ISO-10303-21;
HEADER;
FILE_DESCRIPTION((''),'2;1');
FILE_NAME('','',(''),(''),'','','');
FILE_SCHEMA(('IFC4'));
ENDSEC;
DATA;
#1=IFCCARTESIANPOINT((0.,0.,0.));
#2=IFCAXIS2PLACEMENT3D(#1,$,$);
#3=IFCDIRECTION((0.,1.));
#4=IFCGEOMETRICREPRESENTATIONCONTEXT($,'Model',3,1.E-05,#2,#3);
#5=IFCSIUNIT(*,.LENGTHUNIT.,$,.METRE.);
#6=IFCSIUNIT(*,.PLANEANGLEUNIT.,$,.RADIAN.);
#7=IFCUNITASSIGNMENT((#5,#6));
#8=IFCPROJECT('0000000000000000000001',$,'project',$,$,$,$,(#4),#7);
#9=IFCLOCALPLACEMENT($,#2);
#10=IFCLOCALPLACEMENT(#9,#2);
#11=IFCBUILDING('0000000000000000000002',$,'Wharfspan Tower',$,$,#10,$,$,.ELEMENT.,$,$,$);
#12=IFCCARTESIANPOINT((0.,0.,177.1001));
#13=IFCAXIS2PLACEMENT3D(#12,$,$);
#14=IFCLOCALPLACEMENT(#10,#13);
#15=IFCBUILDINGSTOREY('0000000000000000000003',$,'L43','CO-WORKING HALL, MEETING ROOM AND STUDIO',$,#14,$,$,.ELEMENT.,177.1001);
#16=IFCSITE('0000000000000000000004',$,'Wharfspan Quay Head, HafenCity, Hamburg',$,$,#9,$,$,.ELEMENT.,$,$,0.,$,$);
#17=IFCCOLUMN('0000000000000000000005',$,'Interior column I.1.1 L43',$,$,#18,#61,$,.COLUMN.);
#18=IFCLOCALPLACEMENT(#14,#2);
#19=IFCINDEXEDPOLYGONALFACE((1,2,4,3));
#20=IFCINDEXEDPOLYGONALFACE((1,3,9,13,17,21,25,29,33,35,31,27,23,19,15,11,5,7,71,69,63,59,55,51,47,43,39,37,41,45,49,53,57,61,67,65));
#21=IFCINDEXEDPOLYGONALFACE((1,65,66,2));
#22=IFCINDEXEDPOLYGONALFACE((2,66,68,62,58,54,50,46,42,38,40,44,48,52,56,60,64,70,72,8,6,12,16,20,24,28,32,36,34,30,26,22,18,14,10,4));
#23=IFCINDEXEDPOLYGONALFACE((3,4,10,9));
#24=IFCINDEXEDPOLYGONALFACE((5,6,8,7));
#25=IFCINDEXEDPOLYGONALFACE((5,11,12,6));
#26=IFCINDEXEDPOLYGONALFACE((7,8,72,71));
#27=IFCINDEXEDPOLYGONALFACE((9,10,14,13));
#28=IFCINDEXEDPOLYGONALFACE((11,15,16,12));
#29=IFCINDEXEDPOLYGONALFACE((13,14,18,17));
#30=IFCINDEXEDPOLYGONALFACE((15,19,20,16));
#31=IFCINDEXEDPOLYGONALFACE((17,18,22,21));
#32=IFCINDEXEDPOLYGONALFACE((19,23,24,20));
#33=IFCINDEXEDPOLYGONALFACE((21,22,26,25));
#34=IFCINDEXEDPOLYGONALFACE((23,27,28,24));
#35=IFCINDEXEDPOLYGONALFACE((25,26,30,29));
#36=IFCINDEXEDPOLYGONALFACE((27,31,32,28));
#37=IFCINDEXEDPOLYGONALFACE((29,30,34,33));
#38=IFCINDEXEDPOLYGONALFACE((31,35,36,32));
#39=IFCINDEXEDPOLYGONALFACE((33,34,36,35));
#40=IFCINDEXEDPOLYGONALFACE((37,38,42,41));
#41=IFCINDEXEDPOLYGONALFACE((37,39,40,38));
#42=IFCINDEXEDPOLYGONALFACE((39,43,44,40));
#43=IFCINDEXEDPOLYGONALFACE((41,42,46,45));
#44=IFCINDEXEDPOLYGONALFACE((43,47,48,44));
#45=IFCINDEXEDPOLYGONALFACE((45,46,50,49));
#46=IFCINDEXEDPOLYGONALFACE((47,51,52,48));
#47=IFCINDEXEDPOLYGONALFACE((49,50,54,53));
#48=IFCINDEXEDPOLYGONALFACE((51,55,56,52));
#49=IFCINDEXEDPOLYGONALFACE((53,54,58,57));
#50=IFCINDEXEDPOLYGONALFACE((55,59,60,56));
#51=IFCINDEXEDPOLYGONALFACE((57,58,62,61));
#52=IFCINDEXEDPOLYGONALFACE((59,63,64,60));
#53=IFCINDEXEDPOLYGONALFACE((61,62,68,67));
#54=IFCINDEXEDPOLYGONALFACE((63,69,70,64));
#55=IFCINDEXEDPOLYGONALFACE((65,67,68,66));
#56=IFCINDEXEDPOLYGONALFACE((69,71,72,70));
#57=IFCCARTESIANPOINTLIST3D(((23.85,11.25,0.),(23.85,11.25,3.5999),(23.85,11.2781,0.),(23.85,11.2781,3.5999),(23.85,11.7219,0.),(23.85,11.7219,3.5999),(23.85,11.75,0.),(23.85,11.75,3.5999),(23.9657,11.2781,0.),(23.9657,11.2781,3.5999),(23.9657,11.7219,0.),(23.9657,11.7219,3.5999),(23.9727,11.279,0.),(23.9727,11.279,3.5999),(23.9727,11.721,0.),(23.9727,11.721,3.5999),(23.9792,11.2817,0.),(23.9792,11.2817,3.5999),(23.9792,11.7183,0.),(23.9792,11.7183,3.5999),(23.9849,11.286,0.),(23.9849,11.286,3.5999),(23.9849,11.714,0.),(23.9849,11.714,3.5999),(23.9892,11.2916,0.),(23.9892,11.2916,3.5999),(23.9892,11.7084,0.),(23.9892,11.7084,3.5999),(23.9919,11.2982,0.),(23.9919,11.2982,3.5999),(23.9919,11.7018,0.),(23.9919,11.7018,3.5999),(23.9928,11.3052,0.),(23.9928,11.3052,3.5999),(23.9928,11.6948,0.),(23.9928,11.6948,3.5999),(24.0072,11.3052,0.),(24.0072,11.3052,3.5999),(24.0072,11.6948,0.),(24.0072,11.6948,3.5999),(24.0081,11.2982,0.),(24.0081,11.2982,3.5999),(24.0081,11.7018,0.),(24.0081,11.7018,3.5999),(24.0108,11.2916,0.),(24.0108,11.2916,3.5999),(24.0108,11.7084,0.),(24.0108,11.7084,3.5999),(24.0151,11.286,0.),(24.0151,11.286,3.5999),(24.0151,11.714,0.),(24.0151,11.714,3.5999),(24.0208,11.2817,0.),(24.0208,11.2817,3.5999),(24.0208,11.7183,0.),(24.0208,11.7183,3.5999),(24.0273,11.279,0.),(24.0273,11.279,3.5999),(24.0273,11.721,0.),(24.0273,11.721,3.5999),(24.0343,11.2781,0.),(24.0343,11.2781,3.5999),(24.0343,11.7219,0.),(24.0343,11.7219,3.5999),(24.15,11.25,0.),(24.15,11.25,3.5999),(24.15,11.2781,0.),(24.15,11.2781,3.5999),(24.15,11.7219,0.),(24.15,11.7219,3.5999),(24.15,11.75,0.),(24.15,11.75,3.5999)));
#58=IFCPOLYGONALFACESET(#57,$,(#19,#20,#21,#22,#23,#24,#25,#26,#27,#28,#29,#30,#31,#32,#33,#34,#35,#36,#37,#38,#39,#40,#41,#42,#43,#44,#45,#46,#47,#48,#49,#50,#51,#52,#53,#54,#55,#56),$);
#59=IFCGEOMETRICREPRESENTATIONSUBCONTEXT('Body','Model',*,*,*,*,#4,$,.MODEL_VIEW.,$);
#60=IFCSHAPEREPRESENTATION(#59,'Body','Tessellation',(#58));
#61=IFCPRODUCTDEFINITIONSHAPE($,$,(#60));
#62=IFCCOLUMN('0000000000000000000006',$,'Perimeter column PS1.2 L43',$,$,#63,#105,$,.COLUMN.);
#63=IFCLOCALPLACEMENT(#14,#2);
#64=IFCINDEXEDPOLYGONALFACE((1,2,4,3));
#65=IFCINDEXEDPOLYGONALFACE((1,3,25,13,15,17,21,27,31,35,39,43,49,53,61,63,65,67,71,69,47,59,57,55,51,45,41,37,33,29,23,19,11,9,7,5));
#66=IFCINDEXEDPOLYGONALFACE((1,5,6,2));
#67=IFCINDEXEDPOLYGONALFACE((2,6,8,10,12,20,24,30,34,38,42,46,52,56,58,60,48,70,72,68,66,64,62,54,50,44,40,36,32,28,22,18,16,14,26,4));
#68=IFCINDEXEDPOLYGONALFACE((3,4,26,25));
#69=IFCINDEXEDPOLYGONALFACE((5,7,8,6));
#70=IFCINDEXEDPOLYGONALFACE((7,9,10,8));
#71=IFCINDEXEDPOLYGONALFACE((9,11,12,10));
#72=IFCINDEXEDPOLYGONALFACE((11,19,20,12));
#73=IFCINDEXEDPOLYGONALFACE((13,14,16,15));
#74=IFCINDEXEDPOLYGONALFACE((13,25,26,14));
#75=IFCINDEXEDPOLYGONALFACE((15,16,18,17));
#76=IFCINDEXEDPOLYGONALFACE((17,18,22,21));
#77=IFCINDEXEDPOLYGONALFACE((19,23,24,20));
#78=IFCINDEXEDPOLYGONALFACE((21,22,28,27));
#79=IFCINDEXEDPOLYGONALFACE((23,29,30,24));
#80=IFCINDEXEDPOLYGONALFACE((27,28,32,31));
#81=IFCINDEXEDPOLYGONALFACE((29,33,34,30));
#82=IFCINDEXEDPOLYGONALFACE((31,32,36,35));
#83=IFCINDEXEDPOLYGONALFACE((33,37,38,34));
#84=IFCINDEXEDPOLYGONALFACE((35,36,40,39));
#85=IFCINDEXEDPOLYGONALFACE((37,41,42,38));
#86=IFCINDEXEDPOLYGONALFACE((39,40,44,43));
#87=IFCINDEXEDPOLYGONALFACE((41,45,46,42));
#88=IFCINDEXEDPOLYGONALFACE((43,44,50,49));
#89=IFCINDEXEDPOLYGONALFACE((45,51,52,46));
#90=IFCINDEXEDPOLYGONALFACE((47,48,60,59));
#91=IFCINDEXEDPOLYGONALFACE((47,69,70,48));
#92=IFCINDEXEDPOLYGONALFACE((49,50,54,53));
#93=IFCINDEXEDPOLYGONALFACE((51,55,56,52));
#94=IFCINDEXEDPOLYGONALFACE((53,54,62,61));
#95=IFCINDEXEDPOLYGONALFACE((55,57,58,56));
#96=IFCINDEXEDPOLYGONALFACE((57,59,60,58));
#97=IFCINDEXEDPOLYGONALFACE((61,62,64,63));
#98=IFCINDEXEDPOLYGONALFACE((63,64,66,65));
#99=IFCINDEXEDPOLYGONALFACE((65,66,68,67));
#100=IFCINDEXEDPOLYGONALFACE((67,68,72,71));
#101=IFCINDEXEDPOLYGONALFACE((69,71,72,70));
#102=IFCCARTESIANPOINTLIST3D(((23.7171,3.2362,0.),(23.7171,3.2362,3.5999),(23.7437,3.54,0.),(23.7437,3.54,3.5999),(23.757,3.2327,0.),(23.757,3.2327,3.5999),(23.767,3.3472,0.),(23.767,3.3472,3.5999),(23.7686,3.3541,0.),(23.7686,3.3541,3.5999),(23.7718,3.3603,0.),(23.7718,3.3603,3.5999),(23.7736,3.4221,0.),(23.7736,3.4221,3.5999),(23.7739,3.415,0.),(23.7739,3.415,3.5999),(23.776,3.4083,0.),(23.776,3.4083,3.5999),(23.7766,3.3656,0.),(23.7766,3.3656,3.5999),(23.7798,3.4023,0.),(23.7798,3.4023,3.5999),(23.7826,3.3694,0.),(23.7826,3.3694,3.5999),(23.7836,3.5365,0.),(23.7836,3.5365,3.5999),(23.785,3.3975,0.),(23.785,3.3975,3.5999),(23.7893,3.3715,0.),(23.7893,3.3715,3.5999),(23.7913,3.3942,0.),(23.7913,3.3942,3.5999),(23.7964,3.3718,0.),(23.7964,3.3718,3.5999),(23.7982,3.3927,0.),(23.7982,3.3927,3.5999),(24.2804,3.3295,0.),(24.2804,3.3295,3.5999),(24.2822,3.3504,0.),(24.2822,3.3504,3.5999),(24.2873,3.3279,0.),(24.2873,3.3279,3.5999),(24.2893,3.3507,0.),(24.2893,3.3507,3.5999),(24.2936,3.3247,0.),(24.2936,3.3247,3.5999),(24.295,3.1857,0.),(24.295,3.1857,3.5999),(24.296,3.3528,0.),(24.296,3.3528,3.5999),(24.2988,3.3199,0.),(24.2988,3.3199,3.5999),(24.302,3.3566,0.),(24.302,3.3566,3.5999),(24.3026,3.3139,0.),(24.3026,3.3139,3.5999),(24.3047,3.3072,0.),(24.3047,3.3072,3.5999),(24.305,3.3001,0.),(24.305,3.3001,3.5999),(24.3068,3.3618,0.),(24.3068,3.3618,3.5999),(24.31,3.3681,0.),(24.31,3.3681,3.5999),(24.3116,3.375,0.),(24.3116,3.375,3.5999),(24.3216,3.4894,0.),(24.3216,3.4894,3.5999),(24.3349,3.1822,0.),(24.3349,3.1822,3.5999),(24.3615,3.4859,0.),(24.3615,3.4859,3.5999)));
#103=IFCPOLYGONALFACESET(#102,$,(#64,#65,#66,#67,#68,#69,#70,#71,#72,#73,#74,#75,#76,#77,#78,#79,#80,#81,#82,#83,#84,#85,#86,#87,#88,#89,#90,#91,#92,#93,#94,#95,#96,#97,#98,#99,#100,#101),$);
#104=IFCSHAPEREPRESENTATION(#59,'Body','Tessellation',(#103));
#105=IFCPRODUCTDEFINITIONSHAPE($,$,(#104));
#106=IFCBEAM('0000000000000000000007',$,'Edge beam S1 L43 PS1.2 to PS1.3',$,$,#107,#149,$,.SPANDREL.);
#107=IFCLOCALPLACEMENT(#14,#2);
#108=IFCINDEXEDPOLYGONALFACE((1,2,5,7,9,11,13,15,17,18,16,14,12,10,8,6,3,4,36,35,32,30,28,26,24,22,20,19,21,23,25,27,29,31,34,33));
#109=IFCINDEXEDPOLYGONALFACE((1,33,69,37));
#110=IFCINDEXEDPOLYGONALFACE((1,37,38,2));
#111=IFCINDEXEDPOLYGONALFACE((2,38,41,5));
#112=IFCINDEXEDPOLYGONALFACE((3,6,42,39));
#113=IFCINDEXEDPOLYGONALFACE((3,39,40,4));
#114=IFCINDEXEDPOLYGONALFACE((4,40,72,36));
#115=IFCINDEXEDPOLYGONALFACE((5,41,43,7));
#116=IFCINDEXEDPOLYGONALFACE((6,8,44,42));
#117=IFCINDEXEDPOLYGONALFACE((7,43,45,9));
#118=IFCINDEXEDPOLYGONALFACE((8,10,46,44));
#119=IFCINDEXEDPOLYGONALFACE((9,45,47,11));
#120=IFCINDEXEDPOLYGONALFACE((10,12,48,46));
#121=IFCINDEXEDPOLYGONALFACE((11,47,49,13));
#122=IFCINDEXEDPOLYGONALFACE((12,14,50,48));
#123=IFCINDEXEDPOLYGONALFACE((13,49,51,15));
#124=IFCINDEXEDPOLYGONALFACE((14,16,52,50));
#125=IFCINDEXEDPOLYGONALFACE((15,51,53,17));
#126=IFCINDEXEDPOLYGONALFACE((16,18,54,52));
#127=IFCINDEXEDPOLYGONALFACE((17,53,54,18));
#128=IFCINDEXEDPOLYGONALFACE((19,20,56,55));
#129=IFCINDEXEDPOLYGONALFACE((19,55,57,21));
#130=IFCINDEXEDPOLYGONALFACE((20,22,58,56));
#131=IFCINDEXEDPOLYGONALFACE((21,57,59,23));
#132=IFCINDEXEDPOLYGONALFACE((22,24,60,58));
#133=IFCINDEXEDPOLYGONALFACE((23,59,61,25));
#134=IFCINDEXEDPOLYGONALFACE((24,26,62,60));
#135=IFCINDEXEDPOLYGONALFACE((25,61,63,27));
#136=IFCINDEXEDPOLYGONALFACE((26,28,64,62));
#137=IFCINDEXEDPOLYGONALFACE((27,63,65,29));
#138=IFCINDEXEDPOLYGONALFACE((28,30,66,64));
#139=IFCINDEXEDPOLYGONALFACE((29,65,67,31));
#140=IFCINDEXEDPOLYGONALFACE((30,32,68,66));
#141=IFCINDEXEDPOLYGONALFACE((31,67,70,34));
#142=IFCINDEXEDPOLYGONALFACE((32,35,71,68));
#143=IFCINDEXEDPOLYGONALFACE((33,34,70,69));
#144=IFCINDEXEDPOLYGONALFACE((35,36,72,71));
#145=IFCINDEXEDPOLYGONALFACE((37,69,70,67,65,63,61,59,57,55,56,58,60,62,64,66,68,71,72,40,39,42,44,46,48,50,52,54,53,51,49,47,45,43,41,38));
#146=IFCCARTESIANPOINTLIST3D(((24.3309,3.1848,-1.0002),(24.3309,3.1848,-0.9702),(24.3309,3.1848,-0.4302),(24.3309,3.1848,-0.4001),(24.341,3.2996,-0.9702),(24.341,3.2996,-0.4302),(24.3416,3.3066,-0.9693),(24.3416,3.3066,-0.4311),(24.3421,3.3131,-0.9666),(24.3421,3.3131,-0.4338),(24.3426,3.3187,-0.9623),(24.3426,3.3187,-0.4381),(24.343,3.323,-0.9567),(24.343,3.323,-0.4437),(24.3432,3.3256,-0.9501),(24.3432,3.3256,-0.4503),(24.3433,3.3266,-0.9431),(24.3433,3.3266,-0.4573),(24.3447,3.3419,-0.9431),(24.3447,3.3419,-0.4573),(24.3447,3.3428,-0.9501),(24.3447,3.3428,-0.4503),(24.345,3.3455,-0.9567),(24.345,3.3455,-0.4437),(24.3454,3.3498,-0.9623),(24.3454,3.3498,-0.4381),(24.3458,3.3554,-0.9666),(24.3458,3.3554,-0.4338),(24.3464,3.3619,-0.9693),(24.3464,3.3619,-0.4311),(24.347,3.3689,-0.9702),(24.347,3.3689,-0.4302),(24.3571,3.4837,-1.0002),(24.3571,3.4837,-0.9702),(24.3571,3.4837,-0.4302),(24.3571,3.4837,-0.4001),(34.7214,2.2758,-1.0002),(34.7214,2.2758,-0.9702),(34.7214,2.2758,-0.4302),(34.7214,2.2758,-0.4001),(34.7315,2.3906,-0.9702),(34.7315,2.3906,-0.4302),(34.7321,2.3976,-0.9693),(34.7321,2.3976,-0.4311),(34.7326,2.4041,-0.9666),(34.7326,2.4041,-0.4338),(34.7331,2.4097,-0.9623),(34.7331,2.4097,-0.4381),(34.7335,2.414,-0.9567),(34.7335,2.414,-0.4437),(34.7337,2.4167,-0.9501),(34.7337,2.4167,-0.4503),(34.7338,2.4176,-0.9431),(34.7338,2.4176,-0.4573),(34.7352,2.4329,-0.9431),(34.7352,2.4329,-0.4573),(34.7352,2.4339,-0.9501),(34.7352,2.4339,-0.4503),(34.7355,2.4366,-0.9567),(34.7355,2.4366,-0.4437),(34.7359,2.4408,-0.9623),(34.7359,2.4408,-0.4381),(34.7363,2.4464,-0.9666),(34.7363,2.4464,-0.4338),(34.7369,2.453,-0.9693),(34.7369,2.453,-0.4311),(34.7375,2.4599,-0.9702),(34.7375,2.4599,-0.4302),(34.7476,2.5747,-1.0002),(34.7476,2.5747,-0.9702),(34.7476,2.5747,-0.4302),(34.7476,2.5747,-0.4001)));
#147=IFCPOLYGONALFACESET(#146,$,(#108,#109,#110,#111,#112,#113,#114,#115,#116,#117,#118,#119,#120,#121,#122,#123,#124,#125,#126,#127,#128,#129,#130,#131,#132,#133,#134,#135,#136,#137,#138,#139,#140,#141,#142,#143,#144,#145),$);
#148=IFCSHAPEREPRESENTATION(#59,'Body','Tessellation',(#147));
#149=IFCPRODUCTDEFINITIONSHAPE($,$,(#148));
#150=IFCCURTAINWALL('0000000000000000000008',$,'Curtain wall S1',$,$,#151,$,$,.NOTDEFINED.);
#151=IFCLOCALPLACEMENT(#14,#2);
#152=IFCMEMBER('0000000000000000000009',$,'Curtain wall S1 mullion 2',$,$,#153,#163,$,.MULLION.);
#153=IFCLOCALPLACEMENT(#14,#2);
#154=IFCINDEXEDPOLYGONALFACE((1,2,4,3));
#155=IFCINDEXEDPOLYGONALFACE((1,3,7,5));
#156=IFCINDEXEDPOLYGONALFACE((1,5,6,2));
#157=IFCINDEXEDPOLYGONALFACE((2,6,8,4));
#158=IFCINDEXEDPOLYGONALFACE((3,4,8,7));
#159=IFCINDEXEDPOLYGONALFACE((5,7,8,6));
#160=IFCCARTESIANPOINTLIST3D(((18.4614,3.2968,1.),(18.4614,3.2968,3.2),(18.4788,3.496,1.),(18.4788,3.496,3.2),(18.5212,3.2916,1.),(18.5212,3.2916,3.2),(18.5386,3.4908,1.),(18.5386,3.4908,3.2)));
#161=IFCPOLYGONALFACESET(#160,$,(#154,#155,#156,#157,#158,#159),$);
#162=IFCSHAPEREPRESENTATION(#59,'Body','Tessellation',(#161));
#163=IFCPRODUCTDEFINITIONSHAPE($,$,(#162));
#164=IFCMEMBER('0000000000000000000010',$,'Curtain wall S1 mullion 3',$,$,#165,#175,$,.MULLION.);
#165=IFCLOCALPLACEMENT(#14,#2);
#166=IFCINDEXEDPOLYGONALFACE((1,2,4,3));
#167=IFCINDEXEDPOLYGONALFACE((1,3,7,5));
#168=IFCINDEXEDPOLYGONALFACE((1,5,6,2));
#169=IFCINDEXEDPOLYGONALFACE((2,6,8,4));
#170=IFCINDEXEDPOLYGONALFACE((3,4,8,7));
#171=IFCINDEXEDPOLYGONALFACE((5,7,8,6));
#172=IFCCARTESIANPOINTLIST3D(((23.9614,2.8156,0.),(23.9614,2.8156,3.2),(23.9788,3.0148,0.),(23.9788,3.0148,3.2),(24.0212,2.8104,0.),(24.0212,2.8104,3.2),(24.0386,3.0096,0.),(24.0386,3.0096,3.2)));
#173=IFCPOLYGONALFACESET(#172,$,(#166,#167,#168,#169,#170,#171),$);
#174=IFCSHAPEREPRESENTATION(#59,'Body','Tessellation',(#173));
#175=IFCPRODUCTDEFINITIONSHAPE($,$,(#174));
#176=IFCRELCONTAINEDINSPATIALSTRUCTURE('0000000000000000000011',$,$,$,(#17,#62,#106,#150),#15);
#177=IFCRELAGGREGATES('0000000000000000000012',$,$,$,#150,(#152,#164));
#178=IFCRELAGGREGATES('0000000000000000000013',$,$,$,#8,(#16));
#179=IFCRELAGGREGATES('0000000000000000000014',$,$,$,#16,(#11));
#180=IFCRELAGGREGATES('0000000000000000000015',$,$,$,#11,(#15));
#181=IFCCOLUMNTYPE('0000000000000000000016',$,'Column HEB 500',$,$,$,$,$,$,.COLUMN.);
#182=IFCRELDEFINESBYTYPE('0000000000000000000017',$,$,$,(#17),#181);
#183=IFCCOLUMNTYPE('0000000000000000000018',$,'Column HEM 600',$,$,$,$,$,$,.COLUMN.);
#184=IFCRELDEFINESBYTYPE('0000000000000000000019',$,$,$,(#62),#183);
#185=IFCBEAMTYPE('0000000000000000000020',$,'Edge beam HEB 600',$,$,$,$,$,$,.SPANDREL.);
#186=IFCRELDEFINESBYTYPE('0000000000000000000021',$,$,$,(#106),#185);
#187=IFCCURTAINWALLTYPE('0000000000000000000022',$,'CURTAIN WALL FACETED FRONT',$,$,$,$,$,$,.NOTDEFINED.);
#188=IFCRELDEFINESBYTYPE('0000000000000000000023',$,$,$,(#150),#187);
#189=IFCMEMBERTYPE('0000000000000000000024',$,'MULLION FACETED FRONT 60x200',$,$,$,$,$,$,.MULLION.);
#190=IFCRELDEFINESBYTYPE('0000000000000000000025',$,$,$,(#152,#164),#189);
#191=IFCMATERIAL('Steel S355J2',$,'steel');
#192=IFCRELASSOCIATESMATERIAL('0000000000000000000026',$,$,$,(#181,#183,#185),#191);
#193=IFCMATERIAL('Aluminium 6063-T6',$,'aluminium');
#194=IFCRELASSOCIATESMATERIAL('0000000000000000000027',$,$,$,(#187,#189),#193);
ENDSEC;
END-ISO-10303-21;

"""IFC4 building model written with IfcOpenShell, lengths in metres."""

from ifc_helpers import new_model, si_unit, direction, frame, origin, origin_2d, place, context, subcontext, project, spatial, rectangle, i_section, extrude, material, material_profile, profile_set, type_object, element, aggregate, save


model = new_model("IFC4")

# Units and contexts
model_context = context("Model", 3, precision=1e-05, world=origin(), true_north=direction((0.0, 1.0)))
body_context = subcontext(model_context, "Body", "Model", "MODEL_VIEW")
ifc_project = project(units=[si_unit("LENGTHUNIT", "METRE"), si_unit("PLANEANGLEUNIT", "RADIAN")], contexts=[model_context])

# Site, building, storey
site_placement = place(None, origin())
site = spatial("IfcSite", under=ifc_project, at=site_placement, Name="Wharfspan Quay Head, HafenCity, Hamburg", CompositionType="ELEMENT", RefElevation=0.0)
building_placement = place(site_placement, origin())
building = spatial("IfcBuilding", under=site, at=building_placement, Name="Wharfspan Tower", CompositionType="ELEMENT")
storey_placement = place(building_placement, frame((0.0, 0.0, 177.1001)))
storey = spatial("IfcBuildingStorey", under=building, at=storey_placement, Name="L43", Description="CO-WORKING HALL, MEETING ROOM AND STUDIO", CompositionType="ELEMENT", Elevation=177.1001)

# Columns
ifc_material_1 = material(Name="Steel S355J2", Category="steel")
ifc_material_profile_1 = material_profile(ifc_material_1, i_section(OverallWidth=0.3, OverallDepth=0.5, WebThickness=0.0144, FlangeThickness=0.0281, FilletRadius=0.0271, at=origin_2d()))
ifc_profile_set_1 = profile_set([ifc_material_profile_1], Name="Steel S355J2")
column_type_1 = type_object("IfcColumnType", Name="Column HEB 500", PredefinedType="COLUMN", material=ifc_profile_set_1)
column_1_placement = place(storey_placement, frame((24.0, 11.5, 0.0), z_axis=(0.0, 0.0, 1.0), x_axis=(1.0, 0.0, 0.0)))
element("IfcColumn", 1, at=column_1_placement, inside=storey, type_object=column_type_1, Name="Interior column I.1.1 L43", PredefinedType="COLUMN", context=body_context, shape_type="SweptSolid", body=[
    extrude(i_section(OverallWidth=0.3, OverallDepth=0.5, WebThickness=0.0144, FlangeThickness=0.0281, FilletRadius=0.0271, at=origin_2d()), origin(), (0.0, 0.0, 1.0), 3.5999),
])
ifc_material_profile_2 = material_profile(ifc_material_1, i_section(OverallWidth=0.3049, OverallDepth=0.6201, WebThickness=0.021, FlangeThickness=0.04, FilletRadius=0.0271, at=origin_2d()))
ifc_profile_set_2 = profile_set([ifc_material_profile_2], Name="Steel S355J2")
column_type_2 = type_object("IfcColumnType", Name="Column HEM 600", PredefinedType="COLUMN", material=ifc_profile_set_2)
column_2_placement = place(storey_placement, frame((24.0393, 3.3611, 0.0), z_axis=(0.0, 0.0, 1.0), x_axis=(-0.087156, -0.996198, 0.0)))
element("IfcColumn", 2, at=column_2_placement, inside=storey, type_object=column_type_2, Name="Perimeter column PS1.2 L43", PredefinedType="COLUMN", context=body_context, shape_type="SweptSolid", body=[
    extrude(i_section(OverallWidth=0.3049, OverallDepth=0.6201, WebThickness=0.021, FlangeThickness=0.04, FilletRadius=0.0271, at=origin_2d()), origin(), (0.0, 0.0, 1.0), 3.5999),
])

# Beam
ifc_material_profile_3 = material_profile(ifc_material_1, i_section(OverallWidth=0.3, OverallDepth=0.6001, WebThickness=0.0154, FlangeThickness=0.03, FilletRadius=0.0271, at=origin_2d()))
ifc_profile_set_3 = profile_set([ifc_material_profile_3], Name="Steel S355J2")
beam_type = type_object("IfcBeamType", Name="Edge beam HEB 600", PredefinedType="SPANDREL", material=ifc_profile_set_3)
beam_placement = place(storey_placement, frame((24.344, 3.3342, -0.7002), z_axis=(0.996196, -0.087146, 0.0), x_axis=(0.087146, 0.996196, 0.0)))
element("IfcBeam", 3, at=beam_placement, inside=storey, type_object=beam_type, Name="Edge beam S1 L43 PS1.2 to PS1.3", PredefinedType="SPANDREL", context=body_context, shape_type="SweptSolid", body=[
    extrude(i_section(OverallWidth=0.3, OverallDepth=0.6001, WebThickness=0.0154, FlangeThickness=0.03, FilletRadius=0.0271, at=origin_2d()), origin(), (0.0, 0.0, 1.0), 10.4302),
])

# Curtain wall, members
ifc_material_2 = material(Name="Aluminium 6063-T6", Category="aluminium")
curtain_wall_type = type_object("IfcCurtainWallType", Name="CURTAIN WALL FACETED FRONT", PredefinedType="NOTDEFINED", material=ifc_material_2)
curtain_wall_placement = place(storey_placement, origin())
curtain_wall = element("IfcCurtainWall", 4, at=curtain_wall_placement, inside=storey, type_object=curtain_wall_type, Name="Curtain wall S1", PredefinedType="NOTDEFINED")
ifc_material_profile_4 = material_profile(ifc_material_2, rectangle(XDim=0.2, YDim=0.0601, at=origin_2d()))
ifc_profile_set_4 = profile_set([ifc_material_profile_4], Name="Aluminium 6063-T6")
member_type_1 = type_object("IfcMemberType", Name="MULLION FACETED FRONT 60x200", PredefinedType="MULLION", material=ifc_profile_set_4)
member_1_placement = place(storey_placement, frame((18.5, 3.3938, 1.0), z_axis=(0.0, 0.0, 1.0), x_axis=(0.087156, 0.996198, 0.0)))
member_1 = element("IfcMember", 5, at=member_1_placement, type_object=member_type_1, Name="Curtain wall S1 mullion 2", PredefinedType="MULLION", context=body_context, shape_type="SweptSolid", body=[
    extrude(rectangle(XDim=0.2, YDim=0.0601, at=origin_2d()), origin(), (0.0, 0.0, 1.0), 2.2),
])
member_2_placement = place(storey_placement, frame((24.0, 2.9126, 0.0), z_axis=(0.0, 0.0, 1.0), x_axis=(0.087156, 0.996198, 0.0)))
member_2 = element("IfcMember", 6, at=member_2_placement, type_object=member_type_1, Name="Curtain wall S1 mullion 3", PredefinedType="MULLION", context=body_context, shape_type="SweptSolid", body=[
    extrude(rectangle(XDim=0.2, YDim=0.0601, at=origin_2d()), origin(), (0.0, 0.0, 1.0), 3.2),
])

aggregate(curtain_wall, [member_1, member_2])

save(model, "model.ifc")
